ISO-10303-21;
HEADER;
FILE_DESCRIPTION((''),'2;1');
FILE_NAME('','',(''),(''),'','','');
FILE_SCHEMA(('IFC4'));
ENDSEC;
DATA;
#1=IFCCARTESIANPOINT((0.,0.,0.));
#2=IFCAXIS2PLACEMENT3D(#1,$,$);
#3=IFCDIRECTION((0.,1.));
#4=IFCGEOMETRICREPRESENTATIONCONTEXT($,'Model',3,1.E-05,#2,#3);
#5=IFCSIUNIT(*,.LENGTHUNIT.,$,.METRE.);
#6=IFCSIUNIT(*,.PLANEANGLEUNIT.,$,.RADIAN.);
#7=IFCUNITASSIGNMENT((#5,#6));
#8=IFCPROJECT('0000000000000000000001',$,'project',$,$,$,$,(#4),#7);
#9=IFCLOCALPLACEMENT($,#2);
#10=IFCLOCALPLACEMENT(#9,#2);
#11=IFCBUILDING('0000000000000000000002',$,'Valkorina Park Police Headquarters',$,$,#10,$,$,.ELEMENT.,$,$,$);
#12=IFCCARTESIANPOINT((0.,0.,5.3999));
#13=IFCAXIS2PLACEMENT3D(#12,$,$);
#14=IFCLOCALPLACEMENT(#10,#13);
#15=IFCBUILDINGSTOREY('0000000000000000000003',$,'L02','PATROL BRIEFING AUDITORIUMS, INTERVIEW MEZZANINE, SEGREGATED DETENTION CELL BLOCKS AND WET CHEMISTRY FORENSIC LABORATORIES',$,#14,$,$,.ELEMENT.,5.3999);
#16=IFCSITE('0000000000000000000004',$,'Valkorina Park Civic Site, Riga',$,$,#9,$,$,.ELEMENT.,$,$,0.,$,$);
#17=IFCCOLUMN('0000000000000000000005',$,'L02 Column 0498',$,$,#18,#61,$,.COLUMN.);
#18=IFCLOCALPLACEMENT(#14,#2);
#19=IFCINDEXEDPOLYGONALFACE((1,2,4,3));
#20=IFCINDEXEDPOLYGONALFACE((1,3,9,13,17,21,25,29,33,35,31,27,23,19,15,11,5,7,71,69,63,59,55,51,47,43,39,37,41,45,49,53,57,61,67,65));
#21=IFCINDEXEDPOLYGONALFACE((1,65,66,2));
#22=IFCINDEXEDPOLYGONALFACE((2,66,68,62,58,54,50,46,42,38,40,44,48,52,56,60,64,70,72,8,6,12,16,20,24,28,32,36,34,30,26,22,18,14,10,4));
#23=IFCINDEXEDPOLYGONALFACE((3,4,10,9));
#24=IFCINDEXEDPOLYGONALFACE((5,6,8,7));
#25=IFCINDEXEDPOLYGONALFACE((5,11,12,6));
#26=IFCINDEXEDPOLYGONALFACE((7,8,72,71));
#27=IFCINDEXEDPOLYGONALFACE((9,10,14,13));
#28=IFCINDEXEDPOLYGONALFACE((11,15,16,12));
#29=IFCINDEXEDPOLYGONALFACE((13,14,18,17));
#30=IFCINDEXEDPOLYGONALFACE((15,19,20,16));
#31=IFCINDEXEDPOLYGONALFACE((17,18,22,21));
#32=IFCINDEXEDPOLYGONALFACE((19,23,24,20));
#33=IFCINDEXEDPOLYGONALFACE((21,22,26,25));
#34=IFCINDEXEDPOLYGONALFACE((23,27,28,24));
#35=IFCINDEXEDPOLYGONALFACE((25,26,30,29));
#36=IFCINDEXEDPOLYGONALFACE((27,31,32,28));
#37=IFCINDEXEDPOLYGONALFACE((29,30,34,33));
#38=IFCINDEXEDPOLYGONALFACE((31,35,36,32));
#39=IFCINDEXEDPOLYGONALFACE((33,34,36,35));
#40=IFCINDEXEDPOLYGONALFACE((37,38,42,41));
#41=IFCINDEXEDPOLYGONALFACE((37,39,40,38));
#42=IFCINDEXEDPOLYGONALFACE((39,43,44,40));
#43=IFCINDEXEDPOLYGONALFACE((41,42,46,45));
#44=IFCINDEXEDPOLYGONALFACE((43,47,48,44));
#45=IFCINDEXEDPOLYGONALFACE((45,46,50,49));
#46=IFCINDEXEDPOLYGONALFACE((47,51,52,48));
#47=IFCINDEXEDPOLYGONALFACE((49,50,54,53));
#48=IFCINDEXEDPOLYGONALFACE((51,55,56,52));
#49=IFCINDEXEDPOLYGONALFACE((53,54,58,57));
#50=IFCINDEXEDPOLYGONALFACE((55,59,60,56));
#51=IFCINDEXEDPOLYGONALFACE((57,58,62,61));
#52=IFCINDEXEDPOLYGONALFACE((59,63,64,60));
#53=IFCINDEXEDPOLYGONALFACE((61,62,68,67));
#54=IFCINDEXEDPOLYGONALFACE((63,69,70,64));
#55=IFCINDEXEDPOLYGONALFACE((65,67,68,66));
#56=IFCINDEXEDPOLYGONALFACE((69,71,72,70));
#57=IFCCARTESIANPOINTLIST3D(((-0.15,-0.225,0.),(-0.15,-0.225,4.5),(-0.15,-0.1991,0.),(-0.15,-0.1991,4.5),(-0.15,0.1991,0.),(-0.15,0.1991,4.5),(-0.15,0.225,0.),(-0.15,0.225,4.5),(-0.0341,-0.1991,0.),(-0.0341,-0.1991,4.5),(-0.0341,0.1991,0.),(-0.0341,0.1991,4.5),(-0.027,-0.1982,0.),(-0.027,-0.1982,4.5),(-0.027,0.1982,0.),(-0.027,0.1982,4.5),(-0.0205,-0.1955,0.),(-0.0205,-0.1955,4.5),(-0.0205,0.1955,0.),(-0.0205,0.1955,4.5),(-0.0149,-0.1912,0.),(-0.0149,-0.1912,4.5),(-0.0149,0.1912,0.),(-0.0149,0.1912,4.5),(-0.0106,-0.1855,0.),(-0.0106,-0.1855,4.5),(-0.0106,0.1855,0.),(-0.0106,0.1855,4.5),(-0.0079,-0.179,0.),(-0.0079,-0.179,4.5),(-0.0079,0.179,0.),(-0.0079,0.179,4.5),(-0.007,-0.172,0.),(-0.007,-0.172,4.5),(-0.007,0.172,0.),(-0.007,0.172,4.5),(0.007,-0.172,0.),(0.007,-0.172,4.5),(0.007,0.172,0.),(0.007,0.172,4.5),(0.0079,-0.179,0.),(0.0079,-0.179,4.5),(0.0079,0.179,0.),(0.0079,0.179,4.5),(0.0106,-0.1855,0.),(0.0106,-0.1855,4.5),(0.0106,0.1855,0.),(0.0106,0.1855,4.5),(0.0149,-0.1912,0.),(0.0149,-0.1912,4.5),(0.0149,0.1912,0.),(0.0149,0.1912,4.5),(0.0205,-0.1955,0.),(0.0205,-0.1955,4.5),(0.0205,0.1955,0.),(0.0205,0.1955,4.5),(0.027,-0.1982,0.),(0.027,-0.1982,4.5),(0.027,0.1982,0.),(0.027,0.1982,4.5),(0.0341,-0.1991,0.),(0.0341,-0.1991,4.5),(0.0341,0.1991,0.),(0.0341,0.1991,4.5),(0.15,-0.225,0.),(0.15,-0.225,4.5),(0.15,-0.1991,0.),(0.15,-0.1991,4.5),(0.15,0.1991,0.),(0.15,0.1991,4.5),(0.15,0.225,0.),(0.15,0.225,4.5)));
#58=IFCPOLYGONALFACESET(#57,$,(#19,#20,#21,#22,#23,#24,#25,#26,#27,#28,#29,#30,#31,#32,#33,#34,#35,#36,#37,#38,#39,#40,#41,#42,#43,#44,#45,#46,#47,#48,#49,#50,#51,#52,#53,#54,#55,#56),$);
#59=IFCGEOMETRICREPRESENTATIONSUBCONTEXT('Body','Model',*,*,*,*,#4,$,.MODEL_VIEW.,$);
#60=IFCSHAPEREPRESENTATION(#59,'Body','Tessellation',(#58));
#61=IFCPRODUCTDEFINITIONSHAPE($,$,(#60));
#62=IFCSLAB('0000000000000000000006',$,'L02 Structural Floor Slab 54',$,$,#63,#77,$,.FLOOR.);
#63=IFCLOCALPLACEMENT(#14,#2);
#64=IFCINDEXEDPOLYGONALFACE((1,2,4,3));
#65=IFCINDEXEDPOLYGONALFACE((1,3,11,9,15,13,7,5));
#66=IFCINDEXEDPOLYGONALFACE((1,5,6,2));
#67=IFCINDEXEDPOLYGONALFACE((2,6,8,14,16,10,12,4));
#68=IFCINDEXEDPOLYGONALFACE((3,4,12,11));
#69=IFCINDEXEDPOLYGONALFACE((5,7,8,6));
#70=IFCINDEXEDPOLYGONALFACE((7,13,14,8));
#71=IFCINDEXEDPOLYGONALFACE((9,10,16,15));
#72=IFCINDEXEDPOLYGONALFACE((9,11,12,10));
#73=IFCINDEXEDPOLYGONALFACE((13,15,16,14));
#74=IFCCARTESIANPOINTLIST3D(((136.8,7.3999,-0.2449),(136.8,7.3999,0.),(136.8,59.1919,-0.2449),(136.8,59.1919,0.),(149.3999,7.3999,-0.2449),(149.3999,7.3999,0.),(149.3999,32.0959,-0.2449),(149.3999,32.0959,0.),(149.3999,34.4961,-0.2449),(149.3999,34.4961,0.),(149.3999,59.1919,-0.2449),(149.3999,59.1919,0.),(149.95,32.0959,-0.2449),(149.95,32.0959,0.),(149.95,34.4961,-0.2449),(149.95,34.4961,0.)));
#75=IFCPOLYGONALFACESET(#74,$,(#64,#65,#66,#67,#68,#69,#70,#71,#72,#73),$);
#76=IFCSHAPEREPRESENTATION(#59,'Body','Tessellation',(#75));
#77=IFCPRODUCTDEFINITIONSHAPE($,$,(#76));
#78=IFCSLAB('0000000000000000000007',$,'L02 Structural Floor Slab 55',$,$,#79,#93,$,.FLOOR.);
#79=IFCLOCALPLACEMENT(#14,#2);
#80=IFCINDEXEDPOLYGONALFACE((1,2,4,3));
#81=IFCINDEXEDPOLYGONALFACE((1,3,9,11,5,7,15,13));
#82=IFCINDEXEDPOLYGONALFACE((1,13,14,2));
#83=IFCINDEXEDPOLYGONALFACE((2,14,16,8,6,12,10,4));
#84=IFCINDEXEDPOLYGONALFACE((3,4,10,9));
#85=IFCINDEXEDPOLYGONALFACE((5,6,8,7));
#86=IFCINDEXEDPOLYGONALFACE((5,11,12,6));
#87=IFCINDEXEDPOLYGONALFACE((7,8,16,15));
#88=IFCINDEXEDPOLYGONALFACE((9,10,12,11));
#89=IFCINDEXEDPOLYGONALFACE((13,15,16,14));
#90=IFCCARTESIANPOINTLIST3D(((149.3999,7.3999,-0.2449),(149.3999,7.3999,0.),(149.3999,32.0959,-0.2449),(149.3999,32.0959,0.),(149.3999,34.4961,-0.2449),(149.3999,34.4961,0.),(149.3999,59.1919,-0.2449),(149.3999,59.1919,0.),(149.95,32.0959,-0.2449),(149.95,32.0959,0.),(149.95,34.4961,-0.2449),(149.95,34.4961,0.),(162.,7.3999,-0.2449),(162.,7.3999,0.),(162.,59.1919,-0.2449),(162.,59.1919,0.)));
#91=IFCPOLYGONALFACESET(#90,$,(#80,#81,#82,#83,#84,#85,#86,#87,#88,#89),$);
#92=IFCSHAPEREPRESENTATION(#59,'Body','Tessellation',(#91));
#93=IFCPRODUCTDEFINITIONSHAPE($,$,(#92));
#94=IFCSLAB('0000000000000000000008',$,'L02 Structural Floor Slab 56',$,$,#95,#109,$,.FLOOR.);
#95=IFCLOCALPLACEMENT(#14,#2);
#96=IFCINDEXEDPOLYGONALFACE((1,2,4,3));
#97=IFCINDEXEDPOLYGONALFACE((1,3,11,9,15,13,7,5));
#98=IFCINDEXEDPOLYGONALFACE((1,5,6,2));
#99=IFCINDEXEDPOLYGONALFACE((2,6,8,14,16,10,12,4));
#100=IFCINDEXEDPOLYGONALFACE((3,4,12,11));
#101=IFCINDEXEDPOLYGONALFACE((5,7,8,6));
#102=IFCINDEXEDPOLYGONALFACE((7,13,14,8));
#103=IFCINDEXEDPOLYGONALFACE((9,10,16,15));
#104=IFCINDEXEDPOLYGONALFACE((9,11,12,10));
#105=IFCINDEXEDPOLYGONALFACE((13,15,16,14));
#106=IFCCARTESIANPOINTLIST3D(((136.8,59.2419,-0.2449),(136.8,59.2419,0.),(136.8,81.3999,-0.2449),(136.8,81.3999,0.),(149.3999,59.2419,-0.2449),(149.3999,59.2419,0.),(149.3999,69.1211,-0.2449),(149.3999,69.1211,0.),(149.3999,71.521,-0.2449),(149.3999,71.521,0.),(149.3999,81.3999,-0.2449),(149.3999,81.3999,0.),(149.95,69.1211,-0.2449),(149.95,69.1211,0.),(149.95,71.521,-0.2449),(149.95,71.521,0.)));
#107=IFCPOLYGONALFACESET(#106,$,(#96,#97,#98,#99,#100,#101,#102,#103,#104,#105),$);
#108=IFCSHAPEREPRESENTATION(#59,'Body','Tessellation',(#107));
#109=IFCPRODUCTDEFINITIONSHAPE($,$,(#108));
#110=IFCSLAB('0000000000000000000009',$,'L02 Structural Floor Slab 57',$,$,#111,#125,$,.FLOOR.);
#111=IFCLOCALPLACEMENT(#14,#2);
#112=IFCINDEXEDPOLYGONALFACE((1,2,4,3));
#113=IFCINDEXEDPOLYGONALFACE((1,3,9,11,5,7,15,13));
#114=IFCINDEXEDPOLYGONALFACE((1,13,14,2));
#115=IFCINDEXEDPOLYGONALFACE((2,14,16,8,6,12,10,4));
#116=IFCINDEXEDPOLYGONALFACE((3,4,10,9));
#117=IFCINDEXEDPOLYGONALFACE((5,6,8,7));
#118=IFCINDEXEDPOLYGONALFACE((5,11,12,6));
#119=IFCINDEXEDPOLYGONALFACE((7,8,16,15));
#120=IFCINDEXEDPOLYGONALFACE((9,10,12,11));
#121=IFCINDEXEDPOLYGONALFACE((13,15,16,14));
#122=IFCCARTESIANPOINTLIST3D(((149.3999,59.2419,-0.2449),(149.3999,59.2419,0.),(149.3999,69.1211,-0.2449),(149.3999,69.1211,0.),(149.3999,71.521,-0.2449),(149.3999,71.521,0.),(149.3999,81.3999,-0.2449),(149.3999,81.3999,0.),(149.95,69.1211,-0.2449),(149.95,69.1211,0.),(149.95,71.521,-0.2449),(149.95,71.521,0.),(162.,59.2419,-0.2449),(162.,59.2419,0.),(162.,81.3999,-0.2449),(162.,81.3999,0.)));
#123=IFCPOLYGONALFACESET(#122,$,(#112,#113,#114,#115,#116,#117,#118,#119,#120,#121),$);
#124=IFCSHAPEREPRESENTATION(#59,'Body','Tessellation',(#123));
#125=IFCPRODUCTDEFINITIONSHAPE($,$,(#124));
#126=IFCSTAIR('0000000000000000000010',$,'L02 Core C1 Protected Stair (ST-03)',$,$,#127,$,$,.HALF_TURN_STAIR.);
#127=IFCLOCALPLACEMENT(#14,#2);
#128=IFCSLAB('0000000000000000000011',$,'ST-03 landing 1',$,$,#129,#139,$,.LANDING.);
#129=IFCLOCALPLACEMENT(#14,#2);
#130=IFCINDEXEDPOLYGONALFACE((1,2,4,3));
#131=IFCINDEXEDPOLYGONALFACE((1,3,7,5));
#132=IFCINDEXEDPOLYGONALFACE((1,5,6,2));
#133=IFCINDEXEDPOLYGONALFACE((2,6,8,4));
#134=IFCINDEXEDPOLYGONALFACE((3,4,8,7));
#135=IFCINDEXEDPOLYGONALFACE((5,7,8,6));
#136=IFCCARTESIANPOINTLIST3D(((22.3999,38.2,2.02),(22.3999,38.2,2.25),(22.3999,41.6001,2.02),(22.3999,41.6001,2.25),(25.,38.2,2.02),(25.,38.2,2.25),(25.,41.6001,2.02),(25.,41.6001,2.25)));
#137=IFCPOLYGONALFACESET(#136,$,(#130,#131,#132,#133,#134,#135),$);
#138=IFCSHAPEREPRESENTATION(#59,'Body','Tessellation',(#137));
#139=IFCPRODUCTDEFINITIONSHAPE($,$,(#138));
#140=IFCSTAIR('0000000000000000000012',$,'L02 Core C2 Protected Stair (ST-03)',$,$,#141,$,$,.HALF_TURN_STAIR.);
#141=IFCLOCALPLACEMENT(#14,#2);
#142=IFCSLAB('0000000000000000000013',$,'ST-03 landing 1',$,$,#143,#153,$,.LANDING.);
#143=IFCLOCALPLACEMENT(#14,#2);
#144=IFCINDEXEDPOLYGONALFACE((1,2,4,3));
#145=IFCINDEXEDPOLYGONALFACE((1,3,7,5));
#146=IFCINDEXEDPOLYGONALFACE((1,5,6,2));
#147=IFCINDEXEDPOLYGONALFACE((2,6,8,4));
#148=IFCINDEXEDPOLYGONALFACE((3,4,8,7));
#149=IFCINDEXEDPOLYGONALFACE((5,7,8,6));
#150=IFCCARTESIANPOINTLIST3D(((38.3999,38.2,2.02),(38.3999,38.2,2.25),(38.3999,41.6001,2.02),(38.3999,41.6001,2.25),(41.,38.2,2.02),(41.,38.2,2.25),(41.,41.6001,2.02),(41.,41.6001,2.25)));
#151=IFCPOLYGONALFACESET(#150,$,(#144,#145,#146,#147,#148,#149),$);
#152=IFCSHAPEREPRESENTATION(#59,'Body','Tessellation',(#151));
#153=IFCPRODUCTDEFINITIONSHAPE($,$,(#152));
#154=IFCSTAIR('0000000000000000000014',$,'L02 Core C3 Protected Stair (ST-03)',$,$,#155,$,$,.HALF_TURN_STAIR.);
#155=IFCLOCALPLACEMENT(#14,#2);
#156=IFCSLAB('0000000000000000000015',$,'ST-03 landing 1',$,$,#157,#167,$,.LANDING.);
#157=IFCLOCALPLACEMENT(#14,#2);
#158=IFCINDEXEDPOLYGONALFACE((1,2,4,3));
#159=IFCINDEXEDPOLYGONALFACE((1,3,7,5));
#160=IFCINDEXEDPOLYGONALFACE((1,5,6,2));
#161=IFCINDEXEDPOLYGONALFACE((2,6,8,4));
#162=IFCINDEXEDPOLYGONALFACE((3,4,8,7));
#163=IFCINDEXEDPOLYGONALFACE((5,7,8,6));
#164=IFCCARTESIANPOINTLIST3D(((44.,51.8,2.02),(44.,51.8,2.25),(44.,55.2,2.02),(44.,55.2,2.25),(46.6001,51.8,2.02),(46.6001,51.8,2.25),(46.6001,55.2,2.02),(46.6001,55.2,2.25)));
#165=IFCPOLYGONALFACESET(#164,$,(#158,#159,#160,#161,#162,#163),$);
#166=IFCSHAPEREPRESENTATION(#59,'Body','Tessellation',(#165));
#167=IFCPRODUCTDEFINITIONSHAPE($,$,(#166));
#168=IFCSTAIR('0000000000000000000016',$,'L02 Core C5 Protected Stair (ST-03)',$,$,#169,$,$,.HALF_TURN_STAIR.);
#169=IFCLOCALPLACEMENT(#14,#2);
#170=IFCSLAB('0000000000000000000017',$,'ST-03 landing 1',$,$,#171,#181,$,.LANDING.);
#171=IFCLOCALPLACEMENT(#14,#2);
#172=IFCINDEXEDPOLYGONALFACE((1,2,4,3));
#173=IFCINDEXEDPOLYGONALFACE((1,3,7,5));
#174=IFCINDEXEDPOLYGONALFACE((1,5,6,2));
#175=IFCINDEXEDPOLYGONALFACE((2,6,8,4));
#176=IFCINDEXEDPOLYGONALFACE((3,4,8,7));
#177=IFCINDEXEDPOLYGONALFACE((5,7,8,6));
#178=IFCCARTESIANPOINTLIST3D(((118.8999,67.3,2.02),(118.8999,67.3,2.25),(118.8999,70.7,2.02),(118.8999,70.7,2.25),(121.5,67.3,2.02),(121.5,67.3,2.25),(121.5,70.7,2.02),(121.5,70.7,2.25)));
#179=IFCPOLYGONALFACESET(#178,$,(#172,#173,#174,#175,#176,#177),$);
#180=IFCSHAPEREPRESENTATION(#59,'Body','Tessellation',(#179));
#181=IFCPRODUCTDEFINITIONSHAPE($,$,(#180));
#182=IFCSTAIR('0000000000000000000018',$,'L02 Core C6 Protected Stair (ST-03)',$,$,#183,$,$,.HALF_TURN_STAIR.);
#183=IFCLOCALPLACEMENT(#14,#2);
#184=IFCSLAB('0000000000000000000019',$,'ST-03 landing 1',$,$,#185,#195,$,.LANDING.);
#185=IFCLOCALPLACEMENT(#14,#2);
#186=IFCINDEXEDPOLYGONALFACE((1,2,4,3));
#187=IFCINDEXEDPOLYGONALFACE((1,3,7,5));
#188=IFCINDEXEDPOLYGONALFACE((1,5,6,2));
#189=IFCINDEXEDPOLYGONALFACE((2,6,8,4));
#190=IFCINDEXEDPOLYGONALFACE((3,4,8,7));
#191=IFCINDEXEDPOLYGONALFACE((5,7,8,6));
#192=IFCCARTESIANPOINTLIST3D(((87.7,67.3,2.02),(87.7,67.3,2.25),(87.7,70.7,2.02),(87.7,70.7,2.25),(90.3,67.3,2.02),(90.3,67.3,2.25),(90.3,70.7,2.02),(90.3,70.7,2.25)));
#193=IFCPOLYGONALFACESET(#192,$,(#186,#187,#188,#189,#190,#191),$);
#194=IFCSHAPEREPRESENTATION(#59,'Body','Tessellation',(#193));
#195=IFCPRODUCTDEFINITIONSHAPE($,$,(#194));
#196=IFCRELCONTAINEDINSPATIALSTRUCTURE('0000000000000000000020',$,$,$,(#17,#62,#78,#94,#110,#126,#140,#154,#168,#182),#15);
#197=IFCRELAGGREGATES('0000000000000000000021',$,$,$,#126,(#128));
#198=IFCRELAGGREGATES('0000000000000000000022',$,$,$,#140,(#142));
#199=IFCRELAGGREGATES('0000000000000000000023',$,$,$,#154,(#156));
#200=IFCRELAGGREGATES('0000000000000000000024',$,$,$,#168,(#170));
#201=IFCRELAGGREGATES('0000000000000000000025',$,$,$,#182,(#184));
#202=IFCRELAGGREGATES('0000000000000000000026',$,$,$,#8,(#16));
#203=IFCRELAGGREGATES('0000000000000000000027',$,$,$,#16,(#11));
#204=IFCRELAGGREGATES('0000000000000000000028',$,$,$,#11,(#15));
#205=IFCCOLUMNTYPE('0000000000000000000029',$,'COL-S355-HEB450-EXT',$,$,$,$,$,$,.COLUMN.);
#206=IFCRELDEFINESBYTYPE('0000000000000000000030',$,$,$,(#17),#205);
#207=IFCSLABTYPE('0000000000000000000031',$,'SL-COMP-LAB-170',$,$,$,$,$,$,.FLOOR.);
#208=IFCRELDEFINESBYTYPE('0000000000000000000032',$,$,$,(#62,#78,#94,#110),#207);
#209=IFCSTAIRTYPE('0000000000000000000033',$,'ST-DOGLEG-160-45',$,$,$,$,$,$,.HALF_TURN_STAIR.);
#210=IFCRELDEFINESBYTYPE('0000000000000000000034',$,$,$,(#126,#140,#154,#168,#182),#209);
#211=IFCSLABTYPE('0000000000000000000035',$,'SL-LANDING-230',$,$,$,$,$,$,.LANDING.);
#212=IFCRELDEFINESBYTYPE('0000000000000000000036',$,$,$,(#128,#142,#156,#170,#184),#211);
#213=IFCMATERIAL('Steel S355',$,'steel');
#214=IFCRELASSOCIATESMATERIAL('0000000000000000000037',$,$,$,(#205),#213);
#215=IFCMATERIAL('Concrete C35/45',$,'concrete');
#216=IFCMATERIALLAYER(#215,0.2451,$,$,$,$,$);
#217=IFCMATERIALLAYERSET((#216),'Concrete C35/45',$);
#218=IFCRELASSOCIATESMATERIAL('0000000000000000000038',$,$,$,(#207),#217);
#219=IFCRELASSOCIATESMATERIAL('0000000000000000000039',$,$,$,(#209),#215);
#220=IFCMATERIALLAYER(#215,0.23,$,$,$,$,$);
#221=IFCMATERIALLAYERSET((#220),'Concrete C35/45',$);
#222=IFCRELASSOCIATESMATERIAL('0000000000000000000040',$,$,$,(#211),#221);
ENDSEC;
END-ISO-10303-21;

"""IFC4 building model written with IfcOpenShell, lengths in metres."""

from ifc_helpers import new_model, si_unit, direction, frame, origin, origin_with_axes, origin_2d, place, context, subcontext, project, spatial, polyline, i_section, outline, extrude, material, layer, layer_set, material_profile, profile_set, type_object, element, aggregate, save


model = new_model("IFC4")

# Units and contexts
model_context = context("Model", 3, precision=1e-05, world=origin(), true_north=direction((0.0, 1.0)))
body_context = subcontext(model_context, "Body", "Model", "MODEL_VIEW")
ifc_project = project(units=[si_unit("LENGTHUNIT", "METRE"), si_unit("PLANEANGLEUNIT", "RADIAN")], contexts=[model_context])

# Site, building, storey
site_placement = place(None, origin())
site = spatial("IfcSite", under=ifc_project, at=site_placement, Name="Valkorina Park Civic Site, Riga", CompositionType="ELEMENT", RefElevation=0.0)
building_placement = place(site_placement, origin())
building = spatial("IfcBuilding", under=site, at=building_placement, Name="Valkorina Park Police Headquarters", CompositionType="ELEMENT")
storey_placement = place(building_placement, frame((0.0, 0.0, 5.3999)))
storey = spatial("IfcBuildingStorey", under=building, at=storey_placement, Name="L02", Description="PATROL BRIEFING AUDITORIUMS, INTERVIEW MEZZANINE, SEGREGATED DETENTION CELL BLOCKS AND WET CHEMISTRY FORENSIC LABORATORIES", CompositionType="ELEMENT", Elevation=5.3999)

# Column
ifc_material_1 = material(Name="Steel S355", Category="steel")
ifc_material_profile = material_profile(ifc_material_1, i_section(OverallWidth=0.3, OverallDepth=0.45, WebThickness=0.0139, FlangeThickness=0.0259, FilletRadius=0.0271, at=origin_2d()), Name="HEB 450")
ifc_profile_set = profile_set([ifc_material_profile], Name="Steel S355")
column_type = type_object("IfcColumnType", Name="COL-S355-HEB450-EXT", PredefinedType="COLUMN", material=ifc_profile_set)
column_placement = place(storey_placement, origin_with_axes())
element("IfcColumn", 1, at=column_placement, inside=storey, type_object=column_type, Name="L02 Column 0498", PredefinedType="COLUMN", context=body_context, shape_type="SweptSolid", body=[
    extrude(i_section(OverallWidth=0.3, OverallDepth=0.45, WebThickness=0.0139, FlangeThickness=0.0259, FilletRadius=0.0271, at=origin_2d()), origin(), (0.0, 0.0, 1.0), 4.5),
])

# Slabs
ifc_material_2 = material(Name="Concrete C35/45", Category="concrete")
ifc_layer_1 = layer(ifc_material_2, 0.2451)
ifc_layer_set_1 = layer_set([ifc_layer_1], Name="Concrete C35/45")
slab_type_1 = type_object("IfcSlabType", Name="SL-COMP-LAB-170", PredefinedType="FLOOR", material=ifc_layer_set_1)
slab_1_placement = place(storey_placement, frame((0.0, 0.0, -0.2449)))
element("IfcSlab", 2, at=slab_1_placement, inside=storey, type_object=slab_type_1, Name="L02 Structural Floor Slab 54", PredefinedType="FLOOR", context=body_context, shape_type="SweptSolid", body=[
    extrude(outline(polyline([(149.3999, 7.3999), (149.3999, 32.0959), (149.95, 32.0959), (149.95, 34.4961), (149.3999, 34.4961), (149.3999, 59.1919), (136.8, 59.1919), (136.8, 7.3999), (149.3999, 7.3999)])), origin(), (0.0, 0.0, 1.0), 0.2449),
])
slab_2_placement = place(storey_placement, frame((0.0, 0.0, -0.2449)))
element("IfcSlab", 3, at=slab_2_placement, inside=storey, type_object=slab_type_1, Name="L02 Structural Floor Slab 55", PredefinedType="FLOOR", context=body_context, shape_type="SweptSolid", body=[
    extrude(outline(polyline([(149.3999, 59.1919), (149.3999, 34.4961), (149.95, 34.4961), (149.95, 32.0959), (149.3999, 32.0959), (149.3999, 7.3999), (162.0, 7.3999), (162.0, 59.1919), (149.3999, 59.1919)])), origin(), (0.0, 0.0, 1.0), 0.2449),
])
slab_3_placement = place(storey_placement, frame((0.0, 0.0, -0.2449)))
element("IfcSlab", 4, at=slab_3_placement, inside=storey, type_object=slab_type_1, Name="L02 Structural Floor Slab 56", PredefinedType="FLOOR", context=body_context, shape_type="SweptSolid", body=[
    extrude(outline(polyline([(149.3999, 59.2419), (149.3999, 69.1211), (149.95, 69.1211), (149.95, 71.521), (149.3999, 71.521), (149.3999, 81.3999), (136.8, 81.3999), (136.8, 59.2419), (149.3999, 59.2419)])), origin(), (0.0, 0.0, 1.0), 0.2449),
])
slab_4_placement = place(storey_placement, frame((0.0, 0.0, -0.2449)))
element("IfcSlab", 5, at=slab_4_placement, inside=storey, type_object=slab_type_1, Name="L02 Structural Floor Slab 57", PredefinedType="FLOOR", context=body_context, shape_type="SweptSolid", body=[
    extrude(outline(polyline([(149.3999, 81.3999), (149.3999, 71.521), (149.95, 71.521), (149.95, 69.1211), (149.3999, 69.1211), (149.3999, 59.2419), (162.0, 59.2419), (162.0, 81.3999), (149.3999, 81.3999)])), origin(), (0.0, 0.0, 1.0), 0.2449),
])

# Stairs, slabs
stair_type = type_object("IfcStairType", Name="ST-DOGLEG-160-45", PredefinedType="HALF_TURN_STAIR", material=ifc_material_2)
stair_1_placement = place(storey_placement, origin())
stair_1 = element("IfcStair", 6, at=stair_1_placement, inside=storey, type_object=stair_type, Name="L02 Core C1 Protected Stair (ST-03)", PredefinedType="HALF_TURN_STAIR")
ifc_layer_2 = layer(ifc_material_2, 0.23)
ifc_layer_set_2 = layer_set([ifc_layer_2], Name="Concrete C35/45")
slab_type_2 = type_object("IfcSlabType", Name="SL-LANDING-230", PredefinedType="LANDING", material=ifc_layer_set_2)
slab_5_placement = place(storey_placement, frame((0.0, 0.0, 2.02)))
slab_5 = element("IfcSlab", 7, at=slab_5_placement, type_object=slab_type_2, Name="ST-03 landing 1", PredefinedType="LANDING", context=body_context, shape_type="SweptSolid", body=[
    extrude(outline(polyline([(22.3999, 38.2), (25.0, 38.2), (25.0, 41.6001), (22.3999, 41.6001), (22.3999, 38.2)])), origin(), (0.0, 0.0, 1.0), 0.23),
])
aggregate(stair_1, [slab_5])
stair_2_placement = place(storey_placement, origin())
stair_2 = element("IfcStair", 8, at=stair_2_placement, inside=storey, type_object=stair_type, Name="L02 Core C2 Protected Stair (ST-03)", PredefinedType="HALF_TURN_STAIR")
slab_6_placement = place(storey_placement, frame((0.0, 0.0, 2.02)))
slab_6 = element("IfcSlab", 9, at=slab_6_placement, type_object=slab_type_2, Name="ST-03 landing 1", PredefinedType="LANDING", context=body_context, shape_type="SweptSolid", body=[
    extrude(outline(polyline([(38.3999, 38.2), (41.0, 38.2), (41.0, 41.6001), (38.3999, 41.6001), (38.3999, 38.2)])), origin(), (0.0, 0.0, 1.0), 0.23),
])
aggregate(stair_2, [slab_6])
stair_3_placement = place(storey_placement, origin())
stair_3 = element("IfcStair", 10, at=stair_3_placement, inside=storey, type_object=stair_type, Name="L02 Core C3 Protected Stair (ST-03)", PredefinedType="HALF_TURN_STAIR")
slab_7_placement = place(storey_placement, frame((0.0, 0.0, 2.02)))
slab_7 = element("IfcSlab", 11, at=slab_7_placement, type_object=slab_type_2, Name="ST-03 landing 1", PredefinedType="LANDING", context=body_context, shape_type="SweptSolid", body=[
    extrude(outline(polyline([(44.0, 51.8), (46.6001, 51.8), (46.6001, 55.2), (44.0, 55.2), (44.0, 51.8)])), origin(), (0.0, 0.0, 1.0), 0.23),
])
aggregate(stair_3, [slab_7])
stair_4_placement = place(storey_placement, origin())
stair_4 = element("IfcStair", 12, at=stair_4_placement, inside=storey, type_object=stair_type, Name="L02 Core C5 Protected Stair (ST-03)", PredefinedType="HALF_TURN_STAIR")
slab_8_placement = place(storey_placement, frame((0.0, 0.0, 2.02)))
slab_8 = element("IfcSlab", 13, at=slab_8_placement, type_object=slab_type_2, Name="ST-03 landing 1", PredefinedType="LANDING", context=body_context, shape_type="SweptSolid", body=[
    extrude(outline(polyline([(118.8999, 67.3), (121.5, 67.3), (121.5, 70.7), (118.8999, 70.7), (118.8999, 67.3)])), origin(), (0.0, 0.0, 1.0), 0.23),
])
aggregate(stair_4, [slab_8])
stair_5_placement = place(storey_placement, origin())
stair_5 = element("IfcStair", 14, at=stair_5_placement, inside=storey, type_object=stair_type, Name="L02 Core C6 Protected Stair (ST-03)", PredefinedType="HALF_TURN_STAIR")
slab_9_placement = place(storey_placement, frame((0.0, 0.0, 2.02)))
slab_9 = element("IfcSlab", 15, at=slab_9_placement, type_object=slab_type_2, Name="ST-03 landing 1", PredefinedType="LANDING", context=body_context, shape_type="SweptSolid", body=[
    extrude(outline(polyline([(87.7, 67.3), (90.3, 67.3), (90.3, 70.7), (87.7, 70.7), (87.7, 67.3)])), origin(), (0.0, 0.0, 1.0), 0.23),
])
aggregate(stair_5, [slab_9])

save(model, "model.ifc")
